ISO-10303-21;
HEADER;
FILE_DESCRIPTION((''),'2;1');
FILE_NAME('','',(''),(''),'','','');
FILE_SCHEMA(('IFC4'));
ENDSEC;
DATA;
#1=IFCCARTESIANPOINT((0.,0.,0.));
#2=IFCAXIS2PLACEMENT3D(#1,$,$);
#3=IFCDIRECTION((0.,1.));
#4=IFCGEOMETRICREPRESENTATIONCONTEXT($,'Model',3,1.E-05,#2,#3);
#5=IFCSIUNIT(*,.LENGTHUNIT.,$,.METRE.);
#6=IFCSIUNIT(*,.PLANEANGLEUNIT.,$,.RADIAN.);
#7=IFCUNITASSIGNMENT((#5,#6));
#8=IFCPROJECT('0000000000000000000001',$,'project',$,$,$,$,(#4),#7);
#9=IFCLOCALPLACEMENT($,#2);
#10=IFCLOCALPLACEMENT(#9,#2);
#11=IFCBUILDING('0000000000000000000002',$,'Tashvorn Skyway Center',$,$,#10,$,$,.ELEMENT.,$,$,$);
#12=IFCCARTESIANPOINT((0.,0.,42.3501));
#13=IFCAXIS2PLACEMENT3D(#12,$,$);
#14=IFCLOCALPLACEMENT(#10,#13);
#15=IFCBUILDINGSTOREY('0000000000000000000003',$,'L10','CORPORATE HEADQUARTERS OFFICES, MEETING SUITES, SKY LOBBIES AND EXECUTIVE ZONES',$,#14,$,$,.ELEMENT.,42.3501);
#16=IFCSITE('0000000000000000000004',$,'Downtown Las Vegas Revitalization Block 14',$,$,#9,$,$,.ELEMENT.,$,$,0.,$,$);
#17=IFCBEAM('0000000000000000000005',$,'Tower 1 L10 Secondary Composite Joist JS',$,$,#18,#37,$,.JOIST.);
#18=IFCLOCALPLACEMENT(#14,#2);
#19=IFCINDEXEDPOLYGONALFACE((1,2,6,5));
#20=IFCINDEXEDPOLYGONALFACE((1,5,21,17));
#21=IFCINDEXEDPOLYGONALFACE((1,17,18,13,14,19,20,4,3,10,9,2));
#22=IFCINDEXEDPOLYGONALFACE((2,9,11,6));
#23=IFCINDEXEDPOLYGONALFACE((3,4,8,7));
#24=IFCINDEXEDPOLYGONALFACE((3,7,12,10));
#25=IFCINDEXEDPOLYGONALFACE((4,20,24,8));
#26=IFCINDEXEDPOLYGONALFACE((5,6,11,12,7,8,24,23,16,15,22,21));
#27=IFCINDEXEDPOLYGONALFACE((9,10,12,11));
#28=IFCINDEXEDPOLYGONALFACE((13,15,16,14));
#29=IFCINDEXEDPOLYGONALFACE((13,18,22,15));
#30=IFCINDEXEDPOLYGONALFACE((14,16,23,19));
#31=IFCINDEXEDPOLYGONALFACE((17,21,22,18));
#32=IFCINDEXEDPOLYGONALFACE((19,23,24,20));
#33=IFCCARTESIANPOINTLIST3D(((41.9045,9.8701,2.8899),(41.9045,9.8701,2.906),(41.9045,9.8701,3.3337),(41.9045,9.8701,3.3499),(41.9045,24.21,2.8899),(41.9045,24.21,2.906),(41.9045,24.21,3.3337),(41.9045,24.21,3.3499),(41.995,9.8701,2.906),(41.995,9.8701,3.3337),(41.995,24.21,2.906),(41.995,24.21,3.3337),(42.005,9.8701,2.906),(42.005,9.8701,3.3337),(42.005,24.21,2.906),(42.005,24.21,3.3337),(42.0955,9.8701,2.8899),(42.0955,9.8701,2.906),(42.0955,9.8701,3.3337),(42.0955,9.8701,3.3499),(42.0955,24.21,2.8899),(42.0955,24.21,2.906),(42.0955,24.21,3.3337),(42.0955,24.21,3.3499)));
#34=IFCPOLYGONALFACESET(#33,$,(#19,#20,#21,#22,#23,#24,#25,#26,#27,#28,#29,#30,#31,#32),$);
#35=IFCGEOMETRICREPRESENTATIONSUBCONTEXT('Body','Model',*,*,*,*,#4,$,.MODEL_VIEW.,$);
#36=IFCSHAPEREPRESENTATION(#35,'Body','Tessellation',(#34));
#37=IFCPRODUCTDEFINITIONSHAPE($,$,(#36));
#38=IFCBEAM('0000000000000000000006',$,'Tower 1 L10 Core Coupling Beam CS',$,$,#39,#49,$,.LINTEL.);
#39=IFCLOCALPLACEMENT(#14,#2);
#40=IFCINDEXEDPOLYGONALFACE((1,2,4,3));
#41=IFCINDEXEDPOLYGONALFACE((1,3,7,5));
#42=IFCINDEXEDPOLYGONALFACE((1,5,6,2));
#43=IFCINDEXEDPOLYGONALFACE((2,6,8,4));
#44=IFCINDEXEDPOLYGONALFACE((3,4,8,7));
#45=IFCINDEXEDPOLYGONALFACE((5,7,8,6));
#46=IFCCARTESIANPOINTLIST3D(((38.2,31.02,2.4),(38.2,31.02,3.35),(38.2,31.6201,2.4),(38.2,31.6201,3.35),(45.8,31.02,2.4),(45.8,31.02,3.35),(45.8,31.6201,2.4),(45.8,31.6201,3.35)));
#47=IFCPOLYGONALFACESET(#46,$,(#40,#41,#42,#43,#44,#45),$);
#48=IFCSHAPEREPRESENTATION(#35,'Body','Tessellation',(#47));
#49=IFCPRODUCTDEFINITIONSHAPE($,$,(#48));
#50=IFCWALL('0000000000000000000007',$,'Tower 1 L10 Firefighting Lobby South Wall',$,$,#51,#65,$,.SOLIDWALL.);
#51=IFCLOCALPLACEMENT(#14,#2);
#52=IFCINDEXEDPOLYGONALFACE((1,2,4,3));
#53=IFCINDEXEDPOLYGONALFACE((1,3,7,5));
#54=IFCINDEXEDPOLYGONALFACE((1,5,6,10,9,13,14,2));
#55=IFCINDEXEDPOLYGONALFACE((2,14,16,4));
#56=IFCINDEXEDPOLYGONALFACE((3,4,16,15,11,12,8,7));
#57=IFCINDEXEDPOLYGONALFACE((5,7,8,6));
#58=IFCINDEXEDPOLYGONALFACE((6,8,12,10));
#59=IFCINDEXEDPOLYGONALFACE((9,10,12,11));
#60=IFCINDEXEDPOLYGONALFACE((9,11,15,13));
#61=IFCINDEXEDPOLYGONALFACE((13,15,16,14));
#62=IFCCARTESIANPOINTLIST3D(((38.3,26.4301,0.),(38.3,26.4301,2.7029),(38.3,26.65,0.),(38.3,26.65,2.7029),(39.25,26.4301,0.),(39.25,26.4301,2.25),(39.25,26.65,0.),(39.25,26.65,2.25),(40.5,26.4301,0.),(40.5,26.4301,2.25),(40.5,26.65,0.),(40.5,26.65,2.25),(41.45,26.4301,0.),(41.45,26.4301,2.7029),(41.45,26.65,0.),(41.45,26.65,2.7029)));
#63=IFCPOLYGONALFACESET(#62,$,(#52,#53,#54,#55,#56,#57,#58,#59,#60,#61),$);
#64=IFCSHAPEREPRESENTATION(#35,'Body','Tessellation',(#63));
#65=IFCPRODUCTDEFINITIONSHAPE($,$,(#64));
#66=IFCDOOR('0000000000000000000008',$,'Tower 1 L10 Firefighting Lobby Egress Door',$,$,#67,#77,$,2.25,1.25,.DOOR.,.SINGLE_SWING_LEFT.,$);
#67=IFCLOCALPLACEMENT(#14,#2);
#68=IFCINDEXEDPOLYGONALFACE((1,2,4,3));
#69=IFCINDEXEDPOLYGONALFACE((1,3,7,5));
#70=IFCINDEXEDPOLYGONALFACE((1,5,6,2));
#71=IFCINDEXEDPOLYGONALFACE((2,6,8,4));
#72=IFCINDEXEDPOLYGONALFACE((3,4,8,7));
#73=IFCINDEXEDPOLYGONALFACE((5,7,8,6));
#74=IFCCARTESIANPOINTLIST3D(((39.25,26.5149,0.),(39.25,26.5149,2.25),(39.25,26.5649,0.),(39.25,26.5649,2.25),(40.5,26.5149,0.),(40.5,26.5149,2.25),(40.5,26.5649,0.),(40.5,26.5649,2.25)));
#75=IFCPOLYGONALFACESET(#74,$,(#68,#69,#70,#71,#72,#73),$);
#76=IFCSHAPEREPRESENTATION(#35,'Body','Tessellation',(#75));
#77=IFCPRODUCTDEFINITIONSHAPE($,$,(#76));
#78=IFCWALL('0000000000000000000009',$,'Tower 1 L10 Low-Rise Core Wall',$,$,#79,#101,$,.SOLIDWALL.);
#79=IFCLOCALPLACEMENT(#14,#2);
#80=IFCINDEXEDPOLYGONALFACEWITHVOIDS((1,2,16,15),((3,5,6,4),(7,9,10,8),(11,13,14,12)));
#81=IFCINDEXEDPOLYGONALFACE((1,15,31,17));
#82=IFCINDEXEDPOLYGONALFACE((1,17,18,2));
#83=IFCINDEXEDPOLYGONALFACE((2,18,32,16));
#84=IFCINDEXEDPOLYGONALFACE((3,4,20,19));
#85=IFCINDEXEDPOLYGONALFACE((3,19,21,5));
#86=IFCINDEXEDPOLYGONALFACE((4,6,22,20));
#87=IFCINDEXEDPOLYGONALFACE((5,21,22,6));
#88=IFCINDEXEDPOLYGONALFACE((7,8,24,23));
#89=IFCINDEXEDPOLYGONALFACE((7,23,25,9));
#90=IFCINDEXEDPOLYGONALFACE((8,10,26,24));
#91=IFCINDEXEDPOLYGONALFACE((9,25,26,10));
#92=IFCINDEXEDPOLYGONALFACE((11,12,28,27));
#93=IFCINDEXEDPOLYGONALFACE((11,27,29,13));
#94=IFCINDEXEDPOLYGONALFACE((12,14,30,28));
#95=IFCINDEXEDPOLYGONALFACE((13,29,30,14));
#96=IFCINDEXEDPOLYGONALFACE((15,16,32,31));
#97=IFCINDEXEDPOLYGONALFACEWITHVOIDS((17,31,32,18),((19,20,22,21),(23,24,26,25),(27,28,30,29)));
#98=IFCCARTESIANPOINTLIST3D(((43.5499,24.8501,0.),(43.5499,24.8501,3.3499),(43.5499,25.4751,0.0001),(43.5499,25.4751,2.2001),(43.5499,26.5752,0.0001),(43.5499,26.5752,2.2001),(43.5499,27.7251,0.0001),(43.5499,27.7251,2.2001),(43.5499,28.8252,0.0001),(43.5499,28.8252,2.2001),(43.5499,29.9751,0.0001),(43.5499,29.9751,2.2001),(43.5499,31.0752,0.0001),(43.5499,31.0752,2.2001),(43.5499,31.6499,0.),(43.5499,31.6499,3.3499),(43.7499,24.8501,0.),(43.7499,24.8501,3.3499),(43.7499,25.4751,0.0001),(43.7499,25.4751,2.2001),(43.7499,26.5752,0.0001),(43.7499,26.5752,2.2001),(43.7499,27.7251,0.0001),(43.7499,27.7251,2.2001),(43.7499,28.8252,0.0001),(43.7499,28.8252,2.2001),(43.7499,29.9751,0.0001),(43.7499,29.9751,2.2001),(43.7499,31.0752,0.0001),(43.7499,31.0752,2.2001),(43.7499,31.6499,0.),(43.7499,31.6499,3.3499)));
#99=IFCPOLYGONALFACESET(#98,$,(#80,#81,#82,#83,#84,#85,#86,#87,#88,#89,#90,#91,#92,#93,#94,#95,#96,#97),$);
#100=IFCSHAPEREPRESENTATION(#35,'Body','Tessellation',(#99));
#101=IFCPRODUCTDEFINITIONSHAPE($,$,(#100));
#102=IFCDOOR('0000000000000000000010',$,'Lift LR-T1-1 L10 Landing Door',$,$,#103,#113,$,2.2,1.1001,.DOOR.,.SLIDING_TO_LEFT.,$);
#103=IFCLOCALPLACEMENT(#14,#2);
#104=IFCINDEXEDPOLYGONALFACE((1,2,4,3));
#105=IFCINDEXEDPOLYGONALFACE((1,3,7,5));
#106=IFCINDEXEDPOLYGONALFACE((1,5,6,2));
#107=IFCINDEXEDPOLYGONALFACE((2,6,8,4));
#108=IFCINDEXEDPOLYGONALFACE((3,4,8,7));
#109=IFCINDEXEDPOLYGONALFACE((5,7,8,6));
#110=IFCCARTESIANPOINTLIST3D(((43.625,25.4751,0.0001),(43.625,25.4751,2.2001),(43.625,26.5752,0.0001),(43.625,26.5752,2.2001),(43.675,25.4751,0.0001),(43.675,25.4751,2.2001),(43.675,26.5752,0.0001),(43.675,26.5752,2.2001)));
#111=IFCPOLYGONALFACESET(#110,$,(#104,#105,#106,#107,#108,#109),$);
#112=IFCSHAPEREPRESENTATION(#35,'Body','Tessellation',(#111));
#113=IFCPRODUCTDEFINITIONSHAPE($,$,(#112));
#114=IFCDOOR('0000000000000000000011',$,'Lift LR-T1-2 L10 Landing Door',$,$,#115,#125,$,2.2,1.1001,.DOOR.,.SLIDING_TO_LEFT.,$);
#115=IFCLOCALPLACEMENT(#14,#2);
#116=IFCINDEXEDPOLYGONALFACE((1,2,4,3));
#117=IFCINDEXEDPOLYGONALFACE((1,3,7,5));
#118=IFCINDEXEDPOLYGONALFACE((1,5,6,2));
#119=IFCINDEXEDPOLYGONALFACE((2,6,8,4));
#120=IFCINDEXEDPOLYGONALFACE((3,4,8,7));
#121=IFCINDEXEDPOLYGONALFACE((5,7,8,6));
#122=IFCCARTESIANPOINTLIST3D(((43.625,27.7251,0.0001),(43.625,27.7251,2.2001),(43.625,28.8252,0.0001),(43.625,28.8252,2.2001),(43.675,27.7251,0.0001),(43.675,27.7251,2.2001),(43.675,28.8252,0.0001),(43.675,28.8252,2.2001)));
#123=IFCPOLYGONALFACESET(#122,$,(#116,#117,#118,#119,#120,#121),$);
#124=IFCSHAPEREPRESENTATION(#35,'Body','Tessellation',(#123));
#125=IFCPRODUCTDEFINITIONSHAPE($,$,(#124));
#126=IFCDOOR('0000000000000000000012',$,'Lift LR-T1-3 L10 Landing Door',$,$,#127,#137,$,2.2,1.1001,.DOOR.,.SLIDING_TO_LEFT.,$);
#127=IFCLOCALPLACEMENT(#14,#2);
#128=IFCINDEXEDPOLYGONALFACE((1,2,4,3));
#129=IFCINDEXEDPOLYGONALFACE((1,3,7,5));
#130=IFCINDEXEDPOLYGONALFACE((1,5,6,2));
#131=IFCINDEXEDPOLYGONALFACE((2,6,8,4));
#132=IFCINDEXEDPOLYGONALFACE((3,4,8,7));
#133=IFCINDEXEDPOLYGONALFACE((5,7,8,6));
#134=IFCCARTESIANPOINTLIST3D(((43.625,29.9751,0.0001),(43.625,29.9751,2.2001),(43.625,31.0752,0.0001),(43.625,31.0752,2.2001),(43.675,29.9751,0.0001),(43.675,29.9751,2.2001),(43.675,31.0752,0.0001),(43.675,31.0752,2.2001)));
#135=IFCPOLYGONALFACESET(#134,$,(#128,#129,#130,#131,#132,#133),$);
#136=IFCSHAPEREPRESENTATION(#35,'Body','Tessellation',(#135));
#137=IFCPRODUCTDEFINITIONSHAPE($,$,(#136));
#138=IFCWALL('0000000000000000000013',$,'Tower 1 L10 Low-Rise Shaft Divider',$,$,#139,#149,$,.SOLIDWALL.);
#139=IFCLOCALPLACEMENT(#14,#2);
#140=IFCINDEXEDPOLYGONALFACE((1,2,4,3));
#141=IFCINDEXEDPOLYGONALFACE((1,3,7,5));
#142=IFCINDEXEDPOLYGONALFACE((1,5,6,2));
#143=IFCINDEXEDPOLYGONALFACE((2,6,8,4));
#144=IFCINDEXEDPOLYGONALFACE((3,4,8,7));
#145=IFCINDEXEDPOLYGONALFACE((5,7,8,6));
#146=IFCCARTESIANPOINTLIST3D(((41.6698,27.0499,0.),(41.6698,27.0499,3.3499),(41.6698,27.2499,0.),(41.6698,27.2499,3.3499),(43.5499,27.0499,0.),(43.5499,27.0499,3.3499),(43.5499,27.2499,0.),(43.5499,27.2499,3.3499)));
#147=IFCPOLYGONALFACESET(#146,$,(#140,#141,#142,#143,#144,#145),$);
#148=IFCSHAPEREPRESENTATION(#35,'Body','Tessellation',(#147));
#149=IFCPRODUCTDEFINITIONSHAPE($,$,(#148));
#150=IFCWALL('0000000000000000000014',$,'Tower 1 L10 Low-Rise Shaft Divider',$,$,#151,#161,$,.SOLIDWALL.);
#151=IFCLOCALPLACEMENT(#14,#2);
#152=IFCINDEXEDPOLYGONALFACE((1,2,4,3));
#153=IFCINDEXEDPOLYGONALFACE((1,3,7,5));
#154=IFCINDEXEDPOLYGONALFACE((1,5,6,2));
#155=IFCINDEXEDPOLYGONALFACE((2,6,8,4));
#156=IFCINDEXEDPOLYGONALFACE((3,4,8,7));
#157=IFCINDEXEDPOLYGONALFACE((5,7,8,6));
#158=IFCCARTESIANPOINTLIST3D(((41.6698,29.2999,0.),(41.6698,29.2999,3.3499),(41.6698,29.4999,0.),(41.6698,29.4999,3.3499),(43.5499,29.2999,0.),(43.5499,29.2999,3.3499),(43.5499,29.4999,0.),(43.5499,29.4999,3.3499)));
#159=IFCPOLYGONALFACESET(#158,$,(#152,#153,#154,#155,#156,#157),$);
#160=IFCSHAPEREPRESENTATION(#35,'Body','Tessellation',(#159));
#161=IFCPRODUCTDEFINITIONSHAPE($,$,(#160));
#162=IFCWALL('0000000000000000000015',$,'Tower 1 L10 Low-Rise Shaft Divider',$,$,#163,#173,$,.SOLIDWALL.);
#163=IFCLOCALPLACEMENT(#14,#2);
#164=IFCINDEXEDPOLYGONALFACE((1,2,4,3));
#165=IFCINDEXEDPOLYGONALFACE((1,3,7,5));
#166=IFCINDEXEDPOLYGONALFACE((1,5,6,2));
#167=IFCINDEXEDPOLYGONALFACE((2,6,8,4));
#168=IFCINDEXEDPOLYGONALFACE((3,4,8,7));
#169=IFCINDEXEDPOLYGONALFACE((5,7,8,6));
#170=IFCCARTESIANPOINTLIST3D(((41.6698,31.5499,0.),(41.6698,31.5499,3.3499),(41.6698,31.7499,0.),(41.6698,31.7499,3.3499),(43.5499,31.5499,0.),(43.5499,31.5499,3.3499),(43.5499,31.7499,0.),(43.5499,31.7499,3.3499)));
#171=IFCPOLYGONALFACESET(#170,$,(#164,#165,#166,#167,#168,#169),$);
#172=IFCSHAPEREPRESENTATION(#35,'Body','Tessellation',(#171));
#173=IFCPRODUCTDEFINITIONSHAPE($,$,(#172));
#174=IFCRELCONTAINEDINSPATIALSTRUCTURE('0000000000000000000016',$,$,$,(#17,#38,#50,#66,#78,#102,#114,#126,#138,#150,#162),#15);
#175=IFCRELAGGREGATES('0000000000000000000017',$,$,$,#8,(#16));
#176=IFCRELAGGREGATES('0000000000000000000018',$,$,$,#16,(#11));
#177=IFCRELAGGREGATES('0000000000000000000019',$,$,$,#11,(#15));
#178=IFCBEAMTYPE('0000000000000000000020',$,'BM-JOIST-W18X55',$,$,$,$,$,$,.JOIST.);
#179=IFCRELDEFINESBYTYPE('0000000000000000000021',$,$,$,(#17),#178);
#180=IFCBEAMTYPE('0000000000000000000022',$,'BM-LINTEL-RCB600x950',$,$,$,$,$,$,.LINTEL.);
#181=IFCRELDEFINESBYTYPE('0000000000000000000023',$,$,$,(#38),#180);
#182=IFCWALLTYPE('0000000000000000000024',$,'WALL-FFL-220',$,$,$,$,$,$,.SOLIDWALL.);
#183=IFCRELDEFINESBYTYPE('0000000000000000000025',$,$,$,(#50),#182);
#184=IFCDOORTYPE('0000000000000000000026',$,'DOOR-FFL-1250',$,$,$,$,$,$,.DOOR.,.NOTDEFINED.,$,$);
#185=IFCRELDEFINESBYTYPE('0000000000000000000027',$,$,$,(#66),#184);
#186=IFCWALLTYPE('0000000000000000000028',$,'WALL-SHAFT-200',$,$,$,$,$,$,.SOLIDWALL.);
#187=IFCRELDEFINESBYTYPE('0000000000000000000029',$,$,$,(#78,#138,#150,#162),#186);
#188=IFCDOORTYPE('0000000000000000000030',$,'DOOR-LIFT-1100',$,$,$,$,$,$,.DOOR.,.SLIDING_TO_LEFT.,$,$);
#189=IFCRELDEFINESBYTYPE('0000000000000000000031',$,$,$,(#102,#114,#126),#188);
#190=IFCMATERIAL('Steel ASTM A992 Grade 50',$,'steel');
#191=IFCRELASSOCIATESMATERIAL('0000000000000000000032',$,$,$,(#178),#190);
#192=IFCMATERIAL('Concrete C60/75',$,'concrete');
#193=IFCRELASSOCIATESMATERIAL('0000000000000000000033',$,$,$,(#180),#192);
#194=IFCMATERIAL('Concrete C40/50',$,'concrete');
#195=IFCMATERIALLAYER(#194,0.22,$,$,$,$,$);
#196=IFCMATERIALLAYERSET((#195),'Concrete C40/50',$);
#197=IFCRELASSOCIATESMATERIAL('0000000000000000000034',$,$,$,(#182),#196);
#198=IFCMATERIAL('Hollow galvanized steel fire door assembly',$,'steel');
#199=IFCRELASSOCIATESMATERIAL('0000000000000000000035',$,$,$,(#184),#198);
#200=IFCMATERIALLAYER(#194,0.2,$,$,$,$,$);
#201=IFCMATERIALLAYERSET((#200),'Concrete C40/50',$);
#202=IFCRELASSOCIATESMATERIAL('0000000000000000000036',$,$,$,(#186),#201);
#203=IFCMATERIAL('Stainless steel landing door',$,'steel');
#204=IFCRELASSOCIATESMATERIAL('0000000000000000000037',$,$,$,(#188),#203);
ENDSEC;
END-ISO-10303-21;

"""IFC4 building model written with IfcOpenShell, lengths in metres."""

from ifc_helpers import new_model, si_unit, direction, frame, frame_2d, origin, origin_2d, place, context, subcontext, project, spatial, rectangle, i_section, extrude, material, layer, layer_set, material_profile, profile_set, type_object, element, fill, save


model = new_model("IFC4")

# Units and contexts
model_context = context("Model", 3, precision=1e-05, world=origin(), true_north=direction((0.0, 1.0)))
body_context = subcontext(model_context, "Body", "Model", "MODEL_VIEW")
ifc_project = project(units=[si_unit("LENGTHUNIT", "METRE"), si_unit("PLANEANGLEUNIT", "RADIAN")], contexts=[model_context])

# Site, building, storey
site_placement = place(None, origin())
site = spatial("IfcSite", under=ifc_project, at=site_placement, Name="Downtown Las Vegas Revitalization Block 14", CompositionType="ELEMENT", RefElevation=0.0)
building_placement = place(site_placement, origin())
building = spatial("IfcBuilding", under=site, at=building_placement, Name="Tashvorn Skyway Center", CompositionType="ELEMENT")
storey_placement = place(building_placement, frame((0.0, 0.0, 42.3501)))
storey = spatial("IfcBuildingStorey", under=building, at=storey_placement, Name="L10", Description="CORPORATE HEADQUARTERS OFFICES, MEETING SUITES, SKY LOBBIES AND EXECUTIVE ZONES", CompositionType="ELEMENT", Elevation=42.3501)

# Beams
ifc_material_1 = material(Name="Steel ASTM A992 Grade 50", Category="steel")
ifc_material_profile_1 = material_profile(ifc_material_1, i_section(OverallWidth=0.1909, OverallDepth=0.46, WebThickness=0.01, FlangeThickness=0.0161, at=origin_2d()), Name="W18X55")
ifc_profile_set_1 = profile_set([ifc_material_profile_1], Name="Steel ASTM A992 Grade 50")
beam_type_1 = type_object("IfcBeamType", Name="BM-JOIST-W18X55", PredefinedType="JOIST", material=ifc_profile_set_1)
beam_1_placement = place(storey_placement, frame((42.0, 24.21, 3.1199), z_axis=(0.0, -1.0, 0.0), x_axis=(1.0, 0.0, 0.0)))
element("IfcBeam", 1, at=beam_1_placement, inside=storey, type_object=beam_type_1, Name="Tower 1 L10 Secondary Composite Joist JS", PredefinedType="JOIST", context=body_context, shape_type="SweptSolid", body=[
    extrude(i_section(OverallWidth=0.1909, OverallDepth=0.46, WebThickness=0.01, FlangeThickness=0.0161, at=origin_2d()), origin(), (0.0, 0.0, 1.0), 14.3398),
])
ifc_material_2 = material(Name="Concrete C60/75", Category="concrete")
ifc_material_profile_2 = material_profile(ifc_material_2, rectangle(XDim=0.6001, YDim=0.95, at=origin_2d()), Name="RCB600x950")
ifc_profile_set_2 = profile_set([ifc_material_profile_2], Name="Concrete C60/75")
beam_type_2 = type_object("IfcBeamType", Name="BM-LINTEL-RCB600x950", PredefinedType="LINTEL", material=ifc_profile_set_2)
beam_2_placement = place(storey_placement, frame((38.2, 31.3201, 2.875), z_axis=(1.0, 0.0, 0.0), x_axis=(0.0, 1.0, 0.0)))
element("IfcBeam", 2, at=beam_2_placement, inside=storey, type_object=beam_type_2, Name="Tower 1 L10 Core Coupling Beam CS", PredefinedType="LINTEL", context=body_context, shape_type="SweptSolid", body=[
    extrude(rectangle(XDim=0.6001, YDim=0.95, at=origin_2d()), origin(), (0.0, 0.0, 1.0), 7.6001),
])

# Wall, opening, door
ifc_material_3 = material(Name="Concrete C40/50", Category="concrete")
ifc_layer_1 = layer(ifc_material_3, 0.22)
ifc_layer_set_1 = layer_set([ifc_layer_1], Name="Concrete C40/50")
wall_type_1 = type_object("IfcWallType", Name="WALL-FFL-220", PredefinedType="SOLIDWALL", material=ifc_layer_set_1)
wall_1_placement = place(storey_placement, frame((38.3, 26.54, 0.0), z_axis=(0.0, 0.0, 1.0), x_axis=(1.0, 0.0, 0.0)))
wall_1 = element("IfcWall", 3, at=wall_1_placement, inside=storey, type_object=wall_type_1, Name="Tower 1 L10 Firefighting Lobby South Wall", PredefinedType="SOLIDWALL", context=body_context, shape_type="SweptSolid", body=[
    extrude(rectangle(XDim=3.1499, YDim=0.22, at=frame_2d((1.575, 0.0))), origin(), (0.0, 0.0, 1.0), 2.7029),
])
opening_1_placement = place(wall_1_placement, frame((0.95, 0.0, 0.0)))
opening_1 = element("IfcOpeningElement", 4, at=opening_1_placement, cuts=wall_1, PredefinedType="OPENING", context=body_context, shape_type="SweptSolid", body=[
    extrude(rectangle(XDim=1.25, YDim=2.25, at=frame_2d((0.625, 1.125))), frame((0.0, 0.1199, 0.0), z_axis=(0.0, -1.0, 0.0), x_axis=(1.0, 0.0, 0.0)), (0.0, 0.0, 1.0), 0.24),
])
ifc_material_4 = material(Name="Hollow galvanized steel fire door assembly", Category="steel")
door_type_1 = type_object("IfcDoorType", Name="DOOR-FFL-1250", OperationType="NOTDEFINED", PredefinedType="DOOR", material=ifc_material_4)
door_1_placement = place(opening_1_placement, origin())
door_1 = element("IfcDoor", 5, at=door_1_placement, inside=storey, type_object=door_type_1, Name="Tower 1 L10 Firefighting Lobby Egress Door", OperationType="SINGLE_SWING_LEFT", OverallHeight=2.25, OverallWidth=1.25, PredefinedType="DOOR", context=body_context, shape_type="SweptSolid", body=[
    extrude(rectangle(XDim=1.25, YDim=2.25, at=frame_2d((0.625, 1.125))), frame((0.0, 0.0249, 0.0), z_axis=(0.0, -1.0, 0.0), x_axis=(1.0, 0.0, 0.0)), (0.0, 0.0, 1.0), 0.05),
])
fill(opening_1, door_1)

# Wall, openings, doors
ifc_layer_2 = layer(ifc_material_3, 0.2)
ifc_layer_set_2 = layer_set([ifc_layer_2], Name="Concrete C40/50")
wall_type_2 = type_object("IfcWallType", Name="WALL-SHAFT-200", PredefinedType="SOLIDWALL", material=ifc_layer_set_2)
wall_2_placement = place(storey_placement, frame((43.6499, 24.8501, 0.0), z_axis=(0.0, 0.0, 1.0), x_axis=(0.0, 1.0, 0.0)))
wall_2 = element("IfcWall", 6, at=wall_2_placement, inside=storey, type_object=wall_type_2, Name="Tower 1 L10 Low-Rise Core Wall", PredefinedType="SOLIDWALL", context=body_context, shape_type="SweptSolid", body=[
    extrude(rectangle(XDim=6.7998, YDim=0.2, at=frame_2d((3.3999, 0.0))), origin(), (0.0, 0.0, 1.0), 3.3499),
])
opening_2_placement = place(wall_2_placement, frame((0.625, 0.0, 0.0)))
opening_2 = element("IfcOpeningElement", 7, at=opening_2_placement, cuts=wall_2, PredefinedType="OPENING", context=body_context, shape_type="SweptSolid", body=[
    extrude(rectangle(XDim=1.1001, YDim=2.2, at=frame_2d((0.55, 1.1001))), frame((0.0, 0.1099, 0.0), z_axis=(0.0, -1.0, 0.0), x_axis=(1.0, 0.0, 0.0)), (0.0, 0.0, 1.0), 0.22),
])
opening_3_placement = place(wall_2_placement, frame((2.875, 0.0, 0.0)))
opening_3 = element("IfcOpeningElement", 8, at=opening_3_placement, cuts=wall_2, PredefinedType="OPENING", context=body_context, shape_type="SweptSolid", body=[
    extrude(rectangle(XDim=1.1001, YDim=2.2, at=frame_2d((0.55, 1.1001))), frame((0.0, 0.1099, 0.0), z_axis=(0.0, -1.0, 0.0), x_axis=(1.0, 0.0, 0.0)), (0.0, 0.0, 1.0), 0.22),
])
opening_4_placement = place(wall_2_placement, frame((5.125, 0.0, 0.0)))
opening_4 = element("IfcOpeningElement", 9, at=opening_4_placement, cuts=wall_2, PredefinedType="OPENING", context=body_context, shape_type="SweptSolid", body=[
    extrude(rectangle(XDim=1.1001, YDim=2.2, at=frame_2d((0.55, 1.1001))), frame((0.0, 0.1099, 0.0), z_axis=(0.0, -1.0, 0.0), x_axis=(1.0, 0.0, 0.0)), (0.0, 0.0, 1.0), 0.22),
])
ifc_material_5 = material(Name="Stainless steel landing door", Category="steel")
door_type_2 = type_object("IfcDoorType", Name="DOOR-LIFT-1100", OperationType="SLIDING_TO_LEFT", PredefinedType="DOOR", material=ifc_material_5)
door_2_placement = place(opening_2_placement, origin())
door_2 = element("IfcDoor", 10, at=door_2_placement, inside=storey, type_object=door_type_2, Name="Lift LR-T1-1 L10 Landing Door", OperationType="SLIDING_TO_LEFT", OverallHeight=2.2, OverallWidth=1.1001, PredefinedType="DOOR", context=body_context, shape_type="SweptSolid", body=[
    extrude(rectangle(XDim=1.1001, YDim=2.2, at=frame_2d((0.55, 1.1001))), frame((0.0, 0.0249, 0.0), z_axis=(0.0, -1.0, 0.0), x_axis=(1.0, 0.0, 0.0)), (0.0, 0.0, 1.0), 0.05),
])
fill(opening_2, door_2)
door_3_placement = place(opening_3_placement, origin())
door_3 = element("IfcDoor", 11, at=door_3_placement, inside=storey, type_object=door_type_2, Name="Lift LR-T1-2 L10 Landing Door", OperationType="SLIDING_TO_LEFT", OverallHeight=2.2, OverallWidth=1.1001, PredefinedType="DOOR", context=body_context, shape_type="SweptSolid", body=[
    extrude(rectangle(XDim=1.1001, YDim=2.2, at=frame_2d((0.55, 1.1001))), frame((0.0, 0.0249, 0.0), z_axis=(0.0, -1.0, 0.0), x_axis=(1.0, 0.0, 0.0)), (0.0, 0.0, 1.0), 0.05),
])
fill(opening_3, door_3)
door_4_placement = place(opening_4_placement, origin())
door_4 = element("IfcDoor", 12, at=door_4_placement, inside=storey, type_object=door_type_2, Name="Lift LR-T1-3 L10 Landing Door", OperationType="SLIDING_TO_LEFT", OverallHeight=2.2, OverallWidth=1.1001, PredefinedType="DOOR", context=body_context, shape_type="SweptSolid", body=[
    extrude(rectangle(XDim=1.1001, YDim=2.2, at=frame_2d((0.55, 1.1001))), frame((0.0, 0.0249, 0.0), z_axis=(0.0, -1.0, 0.0), x_axis=(1.0, 0.0, 0.0)), (0.0, 0.0, 1.0), 0.05),
])
fill(opening_4, door_4)

# Walls
for number, where, z_axis, x_axis, name in (
    (13, (41.6699, 27.1499, 0.0), (0.0, 0.0, 1.0), (1.0, 0.0, 0.0), "Tower 1 L10 Low-Rise Shaft Divider"),
    (14, (41.6699, 29.3999, 0.0), (0.0, 0.0, 1.0), (1.0, 0.0, 0.0), "Tower 1 L10 Low-Rise Shaft Divider"),
    (15, (41.6699, 31.6499, 0.0), (0.0, 0.0, 1.0), (1.0, 0.0, 0.0), "Tower 1 L10 Low-Rise Shaft Divider"),
):
    element("IfcWall", number, at=place(storey_placement, frame(where, z_axis=z_axis, x_axis=x_axis)), inside=storey, type_object=wall_type_2, Name=name, PredefinedType="SOLIDWALL", context=body_context, shape_type="SweptSolid", body=[
        extrude(rectangle(XDim=1.8801, YDim=0.2, at=frame_2d((0.9399, 0.0))), origin(), (0.0, 0.0, 1.0), 3.3499),
    ])

save(model, "model.ifc")
